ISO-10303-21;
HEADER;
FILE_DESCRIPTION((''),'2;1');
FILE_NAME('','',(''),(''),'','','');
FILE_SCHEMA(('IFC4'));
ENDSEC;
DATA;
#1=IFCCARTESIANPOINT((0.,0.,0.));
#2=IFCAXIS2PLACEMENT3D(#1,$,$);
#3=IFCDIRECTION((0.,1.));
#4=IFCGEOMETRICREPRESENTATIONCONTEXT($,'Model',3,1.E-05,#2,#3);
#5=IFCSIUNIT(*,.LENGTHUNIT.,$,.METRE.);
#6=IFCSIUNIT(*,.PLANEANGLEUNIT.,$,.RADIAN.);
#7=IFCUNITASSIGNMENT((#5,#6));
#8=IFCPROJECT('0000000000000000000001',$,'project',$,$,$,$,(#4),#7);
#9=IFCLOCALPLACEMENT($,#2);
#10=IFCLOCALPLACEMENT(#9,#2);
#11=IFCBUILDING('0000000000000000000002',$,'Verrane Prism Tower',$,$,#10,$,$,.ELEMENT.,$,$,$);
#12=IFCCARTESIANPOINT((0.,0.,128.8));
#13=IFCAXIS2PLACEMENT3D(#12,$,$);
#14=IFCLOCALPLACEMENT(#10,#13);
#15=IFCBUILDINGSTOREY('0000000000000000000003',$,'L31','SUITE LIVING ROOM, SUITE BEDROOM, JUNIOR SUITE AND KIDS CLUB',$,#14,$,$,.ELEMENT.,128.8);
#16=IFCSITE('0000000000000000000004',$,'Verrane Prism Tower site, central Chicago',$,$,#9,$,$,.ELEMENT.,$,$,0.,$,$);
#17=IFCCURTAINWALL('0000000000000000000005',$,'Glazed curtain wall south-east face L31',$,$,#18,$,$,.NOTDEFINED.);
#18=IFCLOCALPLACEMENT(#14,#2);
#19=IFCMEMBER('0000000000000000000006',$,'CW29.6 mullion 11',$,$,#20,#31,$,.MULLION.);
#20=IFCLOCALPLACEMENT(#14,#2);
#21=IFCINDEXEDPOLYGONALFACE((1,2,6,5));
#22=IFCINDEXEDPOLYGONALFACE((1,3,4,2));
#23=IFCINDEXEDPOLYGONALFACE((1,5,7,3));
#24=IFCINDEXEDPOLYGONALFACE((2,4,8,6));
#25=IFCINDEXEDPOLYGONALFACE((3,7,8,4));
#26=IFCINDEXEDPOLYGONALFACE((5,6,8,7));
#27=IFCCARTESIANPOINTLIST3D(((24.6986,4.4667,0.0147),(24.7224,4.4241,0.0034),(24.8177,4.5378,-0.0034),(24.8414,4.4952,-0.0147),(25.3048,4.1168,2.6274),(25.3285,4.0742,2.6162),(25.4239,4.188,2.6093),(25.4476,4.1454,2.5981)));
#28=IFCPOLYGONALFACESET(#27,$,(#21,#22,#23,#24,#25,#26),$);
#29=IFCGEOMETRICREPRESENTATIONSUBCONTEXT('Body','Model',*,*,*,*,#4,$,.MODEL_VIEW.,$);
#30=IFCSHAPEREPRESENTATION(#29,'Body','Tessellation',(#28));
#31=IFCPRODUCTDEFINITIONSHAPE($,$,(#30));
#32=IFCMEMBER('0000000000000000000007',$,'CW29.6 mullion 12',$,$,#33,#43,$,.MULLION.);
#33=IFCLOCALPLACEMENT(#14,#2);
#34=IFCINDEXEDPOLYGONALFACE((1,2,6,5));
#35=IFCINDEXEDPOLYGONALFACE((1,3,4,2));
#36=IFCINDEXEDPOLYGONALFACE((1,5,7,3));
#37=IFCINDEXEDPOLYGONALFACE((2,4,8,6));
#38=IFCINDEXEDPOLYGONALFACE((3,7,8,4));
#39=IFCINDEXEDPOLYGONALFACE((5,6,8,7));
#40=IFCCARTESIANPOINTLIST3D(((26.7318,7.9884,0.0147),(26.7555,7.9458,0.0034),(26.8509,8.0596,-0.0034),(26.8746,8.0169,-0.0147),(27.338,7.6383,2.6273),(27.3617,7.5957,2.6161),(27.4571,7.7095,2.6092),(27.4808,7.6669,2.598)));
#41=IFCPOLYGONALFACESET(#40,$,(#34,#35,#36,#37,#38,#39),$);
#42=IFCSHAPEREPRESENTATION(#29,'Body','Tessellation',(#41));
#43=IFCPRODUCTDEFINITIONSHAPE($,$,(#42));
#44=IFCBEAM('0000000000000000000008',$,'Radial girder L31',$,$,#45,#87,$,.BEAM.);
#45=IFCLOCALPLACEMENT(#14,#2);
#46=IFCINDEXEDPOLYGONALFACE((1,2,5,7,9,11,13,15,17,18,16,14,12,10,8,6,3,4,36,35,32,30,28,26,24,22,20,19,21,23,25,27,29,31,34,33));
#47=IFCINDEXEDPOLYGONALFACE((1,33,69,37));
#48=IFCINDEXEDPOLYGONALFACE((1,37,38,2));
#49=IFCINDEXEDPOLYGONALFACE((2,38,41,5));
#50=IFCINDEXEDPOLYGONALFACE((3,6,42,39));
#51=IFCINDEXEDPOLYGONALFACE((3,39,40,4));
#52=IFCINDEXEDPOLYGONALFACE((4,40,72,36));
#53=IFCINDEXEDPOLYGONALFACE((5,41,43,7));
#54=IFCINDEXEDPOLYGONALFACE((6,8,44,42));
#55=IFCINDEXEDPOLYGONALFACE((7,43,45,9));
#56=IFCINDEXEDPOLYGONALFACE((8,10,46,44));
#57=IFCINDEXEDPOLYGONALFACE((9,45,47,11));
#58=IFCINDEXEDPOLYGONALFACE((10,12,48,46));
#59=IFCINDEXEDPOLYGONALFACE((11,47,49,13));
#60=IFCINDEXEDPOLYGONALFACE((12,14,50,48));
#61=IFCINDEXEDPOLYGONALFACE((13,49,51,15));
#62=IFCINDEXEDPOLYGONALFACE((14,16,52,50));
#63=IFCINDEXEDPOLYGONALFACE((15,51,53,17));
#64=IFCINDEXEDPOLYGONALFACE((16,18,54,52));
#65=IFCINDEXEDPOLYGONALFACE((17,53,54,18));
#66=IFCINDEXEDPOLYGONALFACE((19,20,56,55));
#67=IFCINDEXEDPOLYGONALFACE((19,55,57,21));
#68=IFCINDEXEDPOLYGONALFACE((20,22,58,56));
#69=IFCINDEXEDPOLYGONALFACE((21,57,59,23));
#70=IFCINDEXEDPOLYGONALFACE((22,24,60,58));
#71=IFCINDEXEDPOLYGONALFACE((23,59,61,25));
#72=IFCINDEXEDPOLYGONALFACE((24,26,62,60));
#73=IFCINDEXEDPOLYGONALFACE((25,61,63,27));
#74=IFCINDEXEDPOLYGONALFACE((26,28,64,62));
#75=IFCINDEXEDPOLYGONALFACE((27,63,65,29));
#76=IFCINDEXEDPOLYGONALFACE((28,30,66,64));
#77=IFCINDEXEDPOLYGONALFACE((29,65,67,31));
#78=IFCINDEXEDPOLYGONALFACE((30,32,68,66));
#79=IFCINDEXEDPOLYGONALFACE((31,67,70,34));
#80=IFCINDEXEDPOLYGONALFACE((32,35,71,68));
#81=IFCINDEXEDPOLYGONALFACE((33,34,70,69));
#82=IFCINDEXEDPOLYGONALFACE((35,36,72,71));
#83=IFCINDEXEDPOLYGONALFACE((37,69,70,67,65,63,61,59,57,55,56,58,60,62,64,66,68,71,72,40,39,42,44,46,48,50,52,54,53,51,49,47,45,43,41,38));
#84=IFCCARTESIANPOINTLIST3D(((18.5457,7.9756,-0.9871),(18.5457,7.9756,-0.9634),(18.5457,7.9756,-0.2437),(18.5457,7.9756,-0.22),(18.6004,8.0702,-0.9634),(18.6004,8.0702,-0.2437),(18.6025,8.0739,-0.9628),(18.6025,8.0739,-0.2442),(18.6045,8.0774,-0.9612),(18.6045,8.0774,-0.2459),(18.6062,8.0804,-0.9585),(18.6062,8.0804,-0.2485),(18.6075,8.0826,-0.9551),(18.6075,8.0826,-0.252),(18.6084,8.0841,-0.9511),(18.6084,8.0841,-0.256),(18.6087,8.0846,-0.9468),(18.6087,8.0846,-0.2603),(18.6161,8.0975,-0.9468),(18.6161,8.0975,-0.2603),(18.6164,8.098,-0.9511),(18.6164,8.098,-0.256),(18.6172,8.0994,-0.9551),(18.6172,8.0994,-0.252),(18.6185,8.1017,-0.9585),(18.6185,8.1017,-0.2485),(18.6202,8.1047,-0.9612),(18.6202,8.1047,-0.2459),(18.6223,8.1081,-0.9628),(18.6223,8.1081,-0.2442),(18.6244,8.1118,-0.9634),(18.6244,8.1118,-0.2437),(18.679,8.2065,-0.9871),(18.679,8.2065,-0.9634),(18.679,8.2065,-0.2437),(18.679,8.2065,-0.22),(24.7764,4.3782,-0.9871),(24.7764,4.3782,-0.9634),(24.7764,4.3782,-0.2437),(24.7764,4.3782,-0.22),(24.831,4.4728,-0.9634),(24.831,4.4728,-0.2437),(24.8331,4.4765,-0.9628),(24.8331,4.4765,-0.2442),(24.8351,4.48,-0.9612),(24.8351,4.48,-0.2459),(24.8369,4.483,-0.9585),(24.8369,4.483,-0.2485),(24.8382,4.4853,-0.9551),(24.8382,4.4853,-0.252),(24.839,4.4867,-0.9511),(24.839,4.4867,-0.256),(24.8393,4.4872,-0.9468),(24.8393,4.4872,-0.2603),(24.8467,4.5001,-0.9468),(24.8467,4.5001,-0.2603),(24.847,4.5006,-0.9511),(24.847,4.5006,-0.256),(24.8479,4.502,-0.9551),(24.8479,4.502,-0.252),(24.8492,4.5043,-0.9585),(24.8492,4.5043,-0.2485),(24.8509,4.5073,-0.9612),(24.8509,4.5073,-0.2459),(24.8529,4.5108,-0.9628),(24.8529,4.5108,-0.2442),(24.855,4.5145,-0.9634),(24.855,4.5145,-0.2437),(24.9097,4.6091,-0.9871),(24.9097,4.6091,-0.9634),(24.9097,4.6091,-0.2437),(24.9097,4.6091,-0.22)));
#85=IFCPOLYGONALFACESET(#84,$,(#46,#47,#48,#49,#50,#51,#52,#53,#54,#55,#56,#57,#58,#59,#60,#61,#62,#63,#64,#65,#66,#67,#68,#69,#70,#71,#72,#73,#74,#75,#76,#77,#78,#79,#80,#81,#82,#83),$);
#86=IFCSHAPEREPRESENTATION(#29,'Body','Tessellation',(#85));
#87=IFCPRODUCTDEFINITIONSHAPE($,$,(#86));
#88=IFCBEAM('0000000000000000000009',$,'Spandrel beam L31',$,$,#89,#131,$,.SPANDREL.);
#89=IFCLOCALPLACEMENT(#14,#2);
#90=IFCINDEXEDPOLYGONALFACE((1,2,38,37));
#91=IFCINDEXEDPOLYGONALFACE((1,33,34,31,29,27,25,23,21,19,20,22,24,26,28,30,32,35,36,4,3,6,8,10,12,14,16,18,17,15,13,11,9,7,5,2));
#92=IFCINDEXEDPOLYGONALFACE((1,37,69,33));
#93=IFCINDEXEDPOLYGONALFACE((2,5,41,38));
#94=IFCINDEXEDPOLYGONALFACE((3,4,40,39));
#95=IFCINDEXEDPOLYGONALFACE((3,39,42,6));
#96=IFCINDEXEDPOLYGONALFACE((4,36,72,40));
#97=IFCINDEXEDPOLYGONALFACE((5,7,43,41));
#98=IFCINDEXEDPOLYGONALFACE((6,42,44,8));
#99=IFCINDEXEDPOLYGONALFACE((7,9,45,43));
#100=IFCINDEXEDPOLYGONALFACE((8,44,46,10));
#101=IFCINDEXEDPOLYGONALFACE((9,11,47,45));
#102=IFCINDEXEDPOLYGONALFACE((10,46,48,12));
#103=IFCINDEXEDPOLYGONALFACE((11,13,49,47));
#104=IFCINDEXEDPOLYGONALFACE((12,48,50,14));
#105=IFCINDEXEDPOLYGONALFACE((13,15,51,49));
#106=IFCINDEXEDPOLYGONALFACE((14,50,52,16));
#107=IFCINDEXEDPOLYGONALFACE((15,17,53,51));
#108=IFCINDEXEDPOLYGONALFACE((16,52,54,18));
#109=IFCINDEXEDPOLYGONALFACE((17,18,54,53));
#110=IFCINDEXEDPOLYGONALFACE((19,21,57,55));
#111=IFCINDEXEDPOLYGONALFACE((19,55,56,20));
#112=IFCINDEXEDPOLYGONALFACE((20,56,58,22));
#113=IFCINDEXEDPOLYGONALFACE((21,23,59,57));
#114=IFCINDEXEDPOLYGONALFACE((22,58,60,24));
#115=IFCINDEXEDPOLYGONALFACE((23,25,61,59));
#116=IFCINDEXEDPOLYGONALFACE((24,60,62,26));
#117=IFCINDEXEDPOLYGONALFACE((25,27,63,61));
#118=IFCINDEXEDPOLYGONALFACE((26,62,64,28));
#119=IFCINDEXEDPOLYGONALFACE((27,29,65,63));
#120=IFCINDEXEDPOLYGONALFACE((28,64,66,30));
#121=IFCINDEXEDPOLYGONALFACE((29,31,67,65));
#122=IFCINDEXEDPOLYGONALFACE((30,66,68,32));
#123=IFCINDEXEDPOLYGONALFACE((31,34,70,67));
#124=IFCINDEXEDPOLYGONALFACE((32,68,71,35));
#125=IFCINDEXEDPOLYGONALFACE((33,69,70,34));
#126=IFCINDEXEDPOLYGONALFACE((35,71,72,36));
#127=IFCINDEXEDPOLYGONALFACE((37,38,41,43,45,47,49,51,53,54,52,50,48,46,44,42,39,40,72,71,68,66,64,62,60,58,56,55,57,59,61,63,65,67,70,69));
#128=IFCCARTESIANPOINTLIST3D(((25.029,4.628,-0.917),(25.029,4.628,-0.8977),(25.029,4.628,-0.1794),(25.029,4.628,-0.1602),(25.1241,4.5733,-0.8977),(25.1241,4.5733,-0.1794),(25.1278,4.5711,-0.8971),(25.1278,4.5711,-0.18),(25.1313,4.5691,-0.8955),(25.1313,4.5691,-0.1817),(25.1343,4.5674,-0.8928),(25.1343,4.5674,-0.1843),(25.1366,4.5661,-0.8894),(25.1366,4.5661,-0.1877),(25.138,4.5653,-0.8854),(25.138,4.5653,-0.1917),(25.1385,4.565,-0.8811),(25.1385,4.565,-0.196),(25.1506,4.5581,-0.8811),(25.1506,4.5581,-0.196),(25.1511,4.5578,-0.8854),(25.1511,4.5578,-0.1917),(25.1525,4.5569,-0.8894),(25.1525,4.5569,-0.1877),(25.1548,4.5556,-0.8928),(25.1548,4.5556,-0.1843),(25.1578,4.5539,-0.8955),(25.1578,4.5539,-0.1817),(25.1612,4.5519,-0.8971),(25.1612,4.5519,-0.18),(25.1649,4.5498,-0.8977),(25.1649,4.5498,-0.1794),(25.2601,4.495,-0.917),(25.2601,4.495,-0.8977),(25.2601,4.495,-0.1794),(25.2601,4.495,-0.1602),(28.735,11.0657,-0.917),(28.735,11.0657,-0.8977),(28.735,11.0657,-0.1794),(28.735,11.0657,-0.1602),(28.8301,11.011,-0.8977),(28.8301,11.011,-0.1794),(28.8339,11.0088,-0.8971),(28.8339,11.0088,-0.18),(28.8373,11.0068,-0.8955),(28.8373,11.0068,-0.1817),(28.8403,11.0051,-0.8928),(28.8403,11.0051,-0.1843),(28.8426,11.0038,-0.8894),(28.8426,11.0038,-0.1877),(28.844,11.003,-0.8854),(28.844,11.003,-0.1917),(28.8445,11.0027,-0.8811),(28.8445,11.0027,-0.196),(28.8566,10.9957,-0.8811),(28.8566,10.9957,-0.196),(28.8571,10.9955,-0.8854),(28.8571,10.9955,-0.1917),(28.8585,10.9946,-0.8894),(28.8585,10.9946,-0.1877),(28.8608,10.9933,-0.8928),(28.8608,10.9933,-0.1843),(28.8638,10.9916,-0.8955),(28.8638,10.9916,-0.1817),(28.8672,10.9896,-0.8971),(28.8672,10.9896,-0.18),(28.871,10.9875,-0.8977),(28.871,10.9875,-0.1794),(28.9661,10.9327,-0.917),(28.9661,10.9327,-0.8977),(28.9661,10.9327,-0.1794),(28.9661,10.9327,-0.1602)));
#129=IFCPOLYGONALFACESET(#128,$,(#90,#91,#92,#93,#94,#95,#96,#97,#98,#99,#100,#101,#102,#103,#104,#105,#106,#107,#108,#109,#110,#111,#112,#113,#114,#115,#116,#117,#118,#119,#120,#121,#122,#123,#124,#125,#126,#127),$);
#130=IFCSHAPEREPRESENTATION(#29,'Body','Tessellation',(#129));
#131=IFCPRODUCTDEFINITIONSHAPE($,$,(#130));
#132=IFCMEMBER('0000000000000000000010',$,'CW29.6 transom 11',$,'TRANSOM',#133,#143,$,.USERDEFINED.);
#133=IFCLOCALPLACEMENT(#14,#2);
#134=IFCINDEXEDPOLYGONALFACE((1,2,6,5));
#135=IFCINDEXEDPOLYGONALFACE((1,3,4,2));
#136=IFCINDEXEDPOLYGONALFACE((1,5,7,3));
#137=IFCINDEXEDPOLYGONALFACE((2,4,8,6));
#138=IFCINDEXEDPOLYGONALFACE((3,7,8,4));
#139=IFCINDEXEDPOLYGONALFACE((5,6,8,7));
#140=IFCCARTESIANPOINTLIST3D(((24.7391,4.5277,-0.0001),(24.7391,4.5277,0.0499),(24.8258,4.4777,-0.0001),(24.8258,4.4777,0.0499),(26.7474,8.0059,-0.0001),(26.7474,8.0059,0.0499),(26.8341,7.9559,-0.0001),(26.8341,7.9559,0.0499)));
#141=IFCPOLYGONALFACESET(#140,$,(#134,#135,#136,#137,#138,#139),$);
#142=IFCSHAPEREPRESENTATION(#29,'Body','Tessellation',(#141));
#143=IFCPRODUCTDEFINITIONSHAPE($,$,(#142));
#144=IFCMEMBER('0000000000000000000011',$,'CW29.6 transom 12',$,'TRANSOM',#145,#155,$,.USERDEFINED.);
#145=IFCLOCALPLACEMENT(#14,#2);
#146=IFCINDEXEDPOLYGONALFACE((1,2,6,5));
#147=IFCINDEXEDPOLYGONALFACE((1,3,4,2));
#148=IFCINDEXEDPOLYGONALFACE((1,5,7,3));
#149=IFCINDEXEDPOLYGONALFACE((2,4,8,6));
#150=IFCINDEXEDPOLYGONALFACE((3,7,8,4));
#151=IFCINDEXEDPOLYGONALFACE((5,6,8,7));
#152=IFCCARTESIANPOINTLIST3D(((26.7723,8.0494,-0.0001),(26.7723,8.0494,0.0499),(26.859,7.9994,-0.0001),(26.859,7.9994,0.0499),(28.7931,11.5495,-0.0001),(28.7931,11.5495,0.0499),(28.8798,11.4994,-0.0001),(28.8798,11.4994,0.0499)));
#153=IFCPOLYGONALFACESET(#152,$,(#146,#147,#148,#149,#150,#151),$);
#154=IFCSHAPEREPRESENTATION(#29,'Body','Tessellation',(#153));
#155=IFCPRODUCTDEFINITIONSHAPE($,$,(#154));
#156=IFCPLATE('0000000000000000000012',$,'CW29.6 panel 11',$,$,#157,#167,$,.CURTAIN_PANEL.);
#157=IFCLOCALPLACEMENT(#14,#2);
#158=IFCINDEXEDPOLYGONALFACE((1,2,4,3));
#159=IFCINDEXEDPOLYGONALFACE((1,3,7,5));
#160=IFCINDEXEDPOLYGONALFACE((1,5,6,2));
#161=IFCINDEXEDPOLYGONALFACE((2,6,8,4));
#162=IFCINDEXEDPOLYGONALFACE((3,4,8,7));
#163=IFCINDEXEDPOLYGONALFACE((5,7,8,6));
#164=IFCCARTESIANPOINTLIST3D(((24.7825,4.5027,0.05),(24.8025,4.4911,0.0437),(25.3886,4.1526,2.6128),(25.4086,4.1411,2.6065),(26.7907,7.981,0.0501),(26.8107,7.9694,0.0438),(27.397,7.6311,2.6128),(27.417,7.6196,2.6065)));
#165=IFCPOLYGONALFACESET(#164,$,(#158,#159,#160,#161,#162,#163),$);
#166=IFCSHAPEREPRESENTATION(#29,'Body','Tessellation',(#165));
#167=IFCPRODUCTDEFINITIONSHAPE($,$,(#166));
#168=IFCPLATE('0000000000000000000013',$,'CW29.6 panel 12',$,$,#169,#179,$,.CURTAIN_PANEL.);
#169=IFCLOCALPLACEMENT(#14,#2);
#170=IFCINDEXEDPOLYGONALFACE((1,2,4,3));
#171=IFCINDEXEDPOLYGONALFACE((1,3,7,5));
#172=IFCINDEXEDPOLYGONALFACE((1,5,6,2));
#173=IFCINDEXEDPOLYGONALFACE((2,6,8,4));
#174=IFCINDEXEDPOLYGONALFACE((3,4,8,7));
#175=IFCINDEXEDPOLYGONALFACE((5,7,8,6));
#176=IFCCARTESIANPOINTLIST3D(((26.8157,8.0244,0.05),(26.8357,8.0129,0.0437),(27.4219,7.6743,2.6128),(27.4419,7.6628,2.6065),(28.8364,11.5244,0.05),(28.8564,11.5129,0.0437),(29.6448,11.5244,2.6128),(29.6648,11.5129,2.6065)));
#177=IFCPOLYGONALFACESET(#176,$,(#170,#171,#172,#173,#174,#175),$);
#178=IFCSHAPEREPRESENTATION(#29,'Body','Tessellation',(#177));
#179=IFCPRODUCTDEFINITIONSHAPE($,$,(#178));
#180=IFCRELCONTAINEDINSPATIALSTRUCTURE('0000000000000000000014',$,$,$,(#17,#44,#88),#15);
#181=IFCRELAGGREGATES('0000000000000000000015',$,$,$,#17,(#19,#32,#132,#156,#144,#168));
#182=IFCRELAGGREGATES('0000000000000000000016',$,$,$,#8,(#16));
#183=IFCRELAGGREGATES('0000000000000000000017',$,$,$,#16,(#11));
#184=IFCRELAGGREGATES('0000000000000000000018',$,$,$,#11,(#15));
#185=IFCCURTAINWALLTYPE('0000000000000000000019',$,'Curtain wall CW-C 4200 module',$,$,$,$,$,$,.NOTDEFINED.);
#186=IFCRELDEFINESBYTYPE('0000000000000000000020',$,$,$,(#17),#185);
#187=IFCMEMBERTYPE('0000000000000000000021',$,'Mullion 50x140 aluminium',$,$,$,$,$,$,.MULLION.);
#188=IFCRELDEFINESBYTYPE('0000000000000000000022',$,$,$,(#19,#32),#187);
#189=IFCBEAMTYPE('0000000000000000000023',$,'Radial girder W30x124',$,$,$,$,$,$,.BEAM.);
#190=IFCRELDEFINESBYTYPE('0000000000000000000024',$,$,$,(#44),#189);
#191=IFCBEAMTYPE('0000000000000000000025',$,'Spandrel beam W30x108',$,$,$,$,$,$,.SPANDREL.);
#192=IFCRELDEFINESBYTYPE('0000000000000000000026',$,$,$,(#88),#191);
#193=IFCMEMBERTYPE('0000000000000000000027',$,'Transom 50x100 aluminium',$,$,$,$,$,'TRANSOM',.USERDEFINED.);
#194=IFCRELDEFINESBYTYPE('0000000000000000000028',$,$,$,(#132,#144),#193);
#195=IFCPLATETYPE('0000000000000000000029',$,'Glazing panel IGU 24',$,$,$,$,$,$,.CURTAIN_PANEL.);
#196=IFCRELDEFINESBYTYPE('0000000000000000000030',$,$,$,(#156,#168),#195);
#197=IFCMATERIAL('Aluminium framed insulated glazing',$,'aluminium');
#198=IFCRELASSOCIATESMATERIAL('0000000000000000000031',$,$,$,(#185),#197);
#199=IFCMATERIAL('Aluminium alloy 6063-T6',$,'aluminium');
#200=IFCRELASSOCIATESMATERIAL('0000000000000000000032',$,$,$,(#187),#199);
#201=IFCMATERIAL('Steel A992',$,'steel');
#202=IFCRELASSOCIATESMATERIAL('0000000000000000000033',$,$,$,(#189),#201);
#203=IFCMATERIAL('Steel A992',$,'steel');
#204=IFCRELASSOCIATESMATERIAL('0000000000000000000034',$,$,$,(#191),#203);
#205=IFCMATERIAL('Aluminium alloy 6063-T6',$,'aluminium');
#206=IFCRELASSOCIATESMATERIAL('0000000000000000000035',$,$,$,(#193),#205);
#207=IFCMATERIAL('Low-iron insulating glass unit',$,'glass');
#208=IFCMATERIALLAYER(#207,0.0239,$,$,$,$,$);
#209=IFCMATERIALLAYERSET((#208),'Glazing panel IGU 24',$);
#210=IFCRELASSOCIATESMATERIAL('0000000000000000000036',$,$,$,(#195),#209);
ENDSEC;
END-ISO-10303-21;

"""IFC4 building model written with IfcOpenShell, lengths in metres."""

from ifc_helpers import new_model, si_unit, direction, frame, origin, origin_2d, place, context, subcontext, project, spatial, polyline, rectangle, i_section, outline, extrude, material, layer, layer_set, material_profile, profile_set, type_object, element, aggregate, save


model = new_model("IFC4")

# Units and contexts
model_context = context("Model", 3, precision=1e-05, world=origin(), true_north=direction((0.0, 1.0)))
body_context = subcontext(model_context, "Body", "Model", "MODEL_VIEW")
ifc_project = project(units=[si_unit("LENGTHUNIT", "METRE"), si_unit("PLANEANGLEUNIT", "RADIAN")], contexts=[model_context])

# Site, building, storey
site_placement = place(None, origin())
site = spatial("IfcSite", under=ifc_project, at=site_placement, Name="Verrane Prism Tower site, central Chicago", CompositionType="ELEMENT", RefElevation=0.0)
building_placement = place(site_placement, origin())
building = spatial("IfcBuilding", under=site, at=building_placement, Name="Verrane Prism Tower", CompositionType="ELEMENT")
storey_placement = place(building_placement, frame((0.0, 0.0, 128.8)))
storey = spatial("IfcBuildingStorey", under=building, at=storey_placement, Name="L31", Description="SUITE LIVING ROOM, SUITE BEDROOM, JUNIOR SUITE AND KIDS CLUB", CompositionType="ELEMENT", Elevation=128.8)

# Curtain wall, members
ifc_material_1 = material(Name="Aluminium framed insulated glazing", Category="aluminium")
curtain_wall_type = type_object("IfcCurtainWallType", Name="Curtain wall CW-C 4200 module", PredefinedType="NOTDEFINED", material=ifc_material_1)
curtain_wall_placement = place(storey_placement, origin())
curtain_wall = element("IfcCurtainWall", 1, at=curtain_wall_placement, inside=storey, type_object=curtain_wall_type, Name="Glazed curtain wall south-east face L31", PredefinedType="NOTDEFINED")
ifc_material_2 = material(Name="Aluminium alloy 6063-T6", Category="aluminium")
ifc_material_profile_1 = material_profile(ifc_material_2, rectangle(XDim=0.1399, YDim=0.05, at=origin_2d()), Name="Mullion 50x140 aluminium")
ifc_profile_set_1 = profile_set([ifc_material_profile_1], Name="Aluminium alloy 6063-T6")
member_type_1 = type_object("IfcMemberType", Name="Mullion 50x140 aluminium", PredefinedType="MULLION", material=ifc_profile_set_1)
member_1_placement = place(storey_placement, frame((24.77, 4.481, 0.0), z_axis=(0.224111, -0.12934, 0.965943), x_axis=(-0.851192, -0.508658, 0.129378)))
member_1 = element("IfcMember", 2, at=member_1_placement, type_object=member_type_1, Name="CW29.6 mullion 11", PredefinedType="MULLION", context=body_context, shape_type="SweptSolid", body=[
    extrude(rectangle(XDim=0.1399, YDim=0.05, at=origin_2d()), origin(), (0.0, 0.0, 1.0), 2.7048),
])
member_2_placement = place(storey_placement, frame((26.8032, 8.0027, 0.0), z_axis=(0.224108, -0.129429, 0.965931), x_axis=(-0.851341, -0.508404, 0.129399)))
member_2 = element("IfcMember", 3, at=member_2_placement, type_object=member_type_1, Name="CW29.6 mullion 12", PredefinedType="MULLION", context=body_context, shape_type="SweptSolid", body=[
    extrude(rectangle(XDim=0.1399, YDim=0.05, at=origin_2d()), origin(), (0.0, 0.0, 1.0), 2.7048),
])

# Beams
ifc_material_3 = material(Name="Steel A992", Category="steel")
ifc_material_profile_2 = material_profile(ifc_material_3, i_section(OverallWidth=0.2666, OverallDepth=0.7671, WebThickness=0.0149, FlangeThickness=0.0237, FilletRadius=0.0166, at=origin_2d()), Name="W30x124")
ifc_profile_set_2 = profile_set([ifc_material_profile_2], Name="Steel A992")
beam_type_1 = type_object("IfcBeamType", Name="Radial girder W30x124", PredefinedType="BEAM", material=ifc_profile_set_2)
beam_1_placement = place(storey_placement, frame((24.843, 4.4937, -0.6035), z_axis=(-0.866019, 0.500011, 0.0), x_axis=(-0.500011, -0.866019, 0.0)))
element("IfcBeam", 4, at=beam_1_placement, inside=storey, type_object=beam_type_1, Name="Radial girder L31", PredefinedType="BEAM", context=body_context, shape_type="SweptSolid", body=[
    extrude(i_section(OverallWidth=0.2666, OverallDepth=0.7671, WebThickness=0.0149, FlangeThickness=0.0237, FilletRadius=0.0166, at=origin_2d()), origin(), (0.0, 0.0, 1.0), 7.1946),
])
ifc_material_4 = material(Name="Steel A992", Category="steel")
ifc_material_profile_3 = material_profile(ifc_material_4, i_section(OverallWidth=0.2666, OverallDepth=0.7568, WebThickness=0.0139, FlangeThickness=0.0193, FilletRadius=0.0166, at=origin_2d()), Name="W30x108")
ifc_profile_set_3 = profile_set([ifc_material_profile_3], Name="Steel A992")
beam_type_2 = type_object("IfcBeamType", Name="Spandrel beam W30x108", PredefinedType="SPANDREL", material=ifc_profile_set_3)
beam_2_placement = place(storey_placement, frame((25.1445, 4.5615, -0.5386), z_axis=(0.498911, 0.866653, 0.0), x_axis=(-0.866653, 0.498911, 0.0)))
element("IfcBeam", 5, at=beam_2_placement, inside=storey, type_object=beam_type_2, Name="Spandrel beam L31", PredefinedType="SPANDREL", context=body_context, shape_type="SweptSolid", body=[
    extrude(i_section(OverallWidth=0.2666, OverallDepth=0.7568, WebThickness=0.0139, FlangeThickness=0.0193, FilletRadius=0.0166, at=origin_2d()), origin(), (0.0, 0.0, 1.0), 7.4282),
])

# Members
ifc_material_5 = material(Name="Aluminium alloy 6063-T6", Category="aluminium")
ifc_material_profile_4 = material_profile(ifc_material_5, rectangle(XDim=0.1001, YDim=0.05, at=origin_2d()), Name="Transom 50x100 aluminium")
ifc_profile_set_4 = profile_set([ifc_material_profile_4], Name="Aluminium alloy 6063-T6")
member_type_2 = type_object("IfcMemberType", Name="Transom 50x100 aluminium", ElementType="TRANSOM", PredefinedType="USERDEFINED", material=ifc_profile_set_4)
member_3_placement = place(storey_placement, frame((24.7825, 4.5027, 0.0249), z_axis=(0.500022, 0.866012, 0.0), x_axis=(-0.866012, 0.500022, 0.0)))
member_3 = element("IfcMember", 6, at=member_3_placement, type_object=member_type_2, Name="CW29.6 transom 11", ObjectType="TRANSOM", PredefinedType="USERDEFINED", context=body_context, shape_type="SweptSolid", body=[
    extrude(rectangle(XDim=0.1001, YDim=0.05, at=origin_2d()), origin(), (0.0, 0.0, 1.0), 4.0164),
])
member_4_placement = place(storey_placement, frame((26.8157, 8.0244, 0.0249), z_axis=(0.500005, 0.866023, 0.0), x_axis=(-0.866023, 0.500005, 0.0)))
member_4 = element("IfcMember", 7, at=member_4_placement, type_object=member_type_2, Name="CW29.6 transom 12", ObjectType="TRANSOM", PredefinedType="USERDEFINED", context=body_context, shape_type="SweptSolid", body=[
    extrude(rectangle(XDim=0.1001, YDim=0.05, at=origin_2d()), origin(), (0.0, 0.0, 1.0), 4.0415),
])

# Plates
ifc_material_6 = material(Name="Low-iron insulating glass unit", Category="glass")
ifc_layer_1 = layer(ifc_material_6, 0.0239)
ifc_layer_set_1 = layer_set([ifc_layer_1], Name="Glazing panel IGU 24")
plate_type = type_object("IfcPlateType", Name="Glazing panel IGU 24", PredefinedType="CURTAIN_PANEL", material=ifc_layer_set_1)
plate_1_placement = place(storey_placement, frame((24.7825, 4.5027, 0.05), z_axis=(-0.835418, 0.482341, 0.263483), x_axis=(0.50001, 0.86602, 0.000004)))
plate_1 = element("IfcPlate", 8, at=plate_1_placement, type_object=plate_type, Name="CW29.6 panel 11", PredefinedType="CURTAIN_PANEL", context=body_context, shape_type="SweptSolid", body=[
    extrude(outline(polyline([(0.0, 0.0), (4.0164, 0.0), (4.0166, -2.6566), (-0.0001, -2.6566), (0.0, 0.0)])), origin(), (0.0, 0.0, -1.0), 0.0239),
])
plate_2_placement = place(storey_placement, frame((26.8157, 8.0244, 0.05), z_axis=(-0.835414, 0.482335, 0.263507), x_axis=(0.500006, 0.866022, 0.0)))
plate_2 = element("IfcPlate", 9, at=plate_2_placement, type_object=plate_type, Name="CW29.6 panel 12", PredefinedType="CURTAIN_PANEL", context=body_context, shape_type="SweptSolid", body=[
    extrude(outline(polyline([(0.0, 0.0), (4.0415, 0.0), (4.4456, -2.6566), (-0.0001, -2.6566), (0.0, 0.0)])), origin(), (0.0, 0.0, -1.0), 0.0239),
])
aggregate(curtain_wall, [member_1, member_2, member_3, plate_1, member_4, plate_2])

save(model, "model.ifc")
